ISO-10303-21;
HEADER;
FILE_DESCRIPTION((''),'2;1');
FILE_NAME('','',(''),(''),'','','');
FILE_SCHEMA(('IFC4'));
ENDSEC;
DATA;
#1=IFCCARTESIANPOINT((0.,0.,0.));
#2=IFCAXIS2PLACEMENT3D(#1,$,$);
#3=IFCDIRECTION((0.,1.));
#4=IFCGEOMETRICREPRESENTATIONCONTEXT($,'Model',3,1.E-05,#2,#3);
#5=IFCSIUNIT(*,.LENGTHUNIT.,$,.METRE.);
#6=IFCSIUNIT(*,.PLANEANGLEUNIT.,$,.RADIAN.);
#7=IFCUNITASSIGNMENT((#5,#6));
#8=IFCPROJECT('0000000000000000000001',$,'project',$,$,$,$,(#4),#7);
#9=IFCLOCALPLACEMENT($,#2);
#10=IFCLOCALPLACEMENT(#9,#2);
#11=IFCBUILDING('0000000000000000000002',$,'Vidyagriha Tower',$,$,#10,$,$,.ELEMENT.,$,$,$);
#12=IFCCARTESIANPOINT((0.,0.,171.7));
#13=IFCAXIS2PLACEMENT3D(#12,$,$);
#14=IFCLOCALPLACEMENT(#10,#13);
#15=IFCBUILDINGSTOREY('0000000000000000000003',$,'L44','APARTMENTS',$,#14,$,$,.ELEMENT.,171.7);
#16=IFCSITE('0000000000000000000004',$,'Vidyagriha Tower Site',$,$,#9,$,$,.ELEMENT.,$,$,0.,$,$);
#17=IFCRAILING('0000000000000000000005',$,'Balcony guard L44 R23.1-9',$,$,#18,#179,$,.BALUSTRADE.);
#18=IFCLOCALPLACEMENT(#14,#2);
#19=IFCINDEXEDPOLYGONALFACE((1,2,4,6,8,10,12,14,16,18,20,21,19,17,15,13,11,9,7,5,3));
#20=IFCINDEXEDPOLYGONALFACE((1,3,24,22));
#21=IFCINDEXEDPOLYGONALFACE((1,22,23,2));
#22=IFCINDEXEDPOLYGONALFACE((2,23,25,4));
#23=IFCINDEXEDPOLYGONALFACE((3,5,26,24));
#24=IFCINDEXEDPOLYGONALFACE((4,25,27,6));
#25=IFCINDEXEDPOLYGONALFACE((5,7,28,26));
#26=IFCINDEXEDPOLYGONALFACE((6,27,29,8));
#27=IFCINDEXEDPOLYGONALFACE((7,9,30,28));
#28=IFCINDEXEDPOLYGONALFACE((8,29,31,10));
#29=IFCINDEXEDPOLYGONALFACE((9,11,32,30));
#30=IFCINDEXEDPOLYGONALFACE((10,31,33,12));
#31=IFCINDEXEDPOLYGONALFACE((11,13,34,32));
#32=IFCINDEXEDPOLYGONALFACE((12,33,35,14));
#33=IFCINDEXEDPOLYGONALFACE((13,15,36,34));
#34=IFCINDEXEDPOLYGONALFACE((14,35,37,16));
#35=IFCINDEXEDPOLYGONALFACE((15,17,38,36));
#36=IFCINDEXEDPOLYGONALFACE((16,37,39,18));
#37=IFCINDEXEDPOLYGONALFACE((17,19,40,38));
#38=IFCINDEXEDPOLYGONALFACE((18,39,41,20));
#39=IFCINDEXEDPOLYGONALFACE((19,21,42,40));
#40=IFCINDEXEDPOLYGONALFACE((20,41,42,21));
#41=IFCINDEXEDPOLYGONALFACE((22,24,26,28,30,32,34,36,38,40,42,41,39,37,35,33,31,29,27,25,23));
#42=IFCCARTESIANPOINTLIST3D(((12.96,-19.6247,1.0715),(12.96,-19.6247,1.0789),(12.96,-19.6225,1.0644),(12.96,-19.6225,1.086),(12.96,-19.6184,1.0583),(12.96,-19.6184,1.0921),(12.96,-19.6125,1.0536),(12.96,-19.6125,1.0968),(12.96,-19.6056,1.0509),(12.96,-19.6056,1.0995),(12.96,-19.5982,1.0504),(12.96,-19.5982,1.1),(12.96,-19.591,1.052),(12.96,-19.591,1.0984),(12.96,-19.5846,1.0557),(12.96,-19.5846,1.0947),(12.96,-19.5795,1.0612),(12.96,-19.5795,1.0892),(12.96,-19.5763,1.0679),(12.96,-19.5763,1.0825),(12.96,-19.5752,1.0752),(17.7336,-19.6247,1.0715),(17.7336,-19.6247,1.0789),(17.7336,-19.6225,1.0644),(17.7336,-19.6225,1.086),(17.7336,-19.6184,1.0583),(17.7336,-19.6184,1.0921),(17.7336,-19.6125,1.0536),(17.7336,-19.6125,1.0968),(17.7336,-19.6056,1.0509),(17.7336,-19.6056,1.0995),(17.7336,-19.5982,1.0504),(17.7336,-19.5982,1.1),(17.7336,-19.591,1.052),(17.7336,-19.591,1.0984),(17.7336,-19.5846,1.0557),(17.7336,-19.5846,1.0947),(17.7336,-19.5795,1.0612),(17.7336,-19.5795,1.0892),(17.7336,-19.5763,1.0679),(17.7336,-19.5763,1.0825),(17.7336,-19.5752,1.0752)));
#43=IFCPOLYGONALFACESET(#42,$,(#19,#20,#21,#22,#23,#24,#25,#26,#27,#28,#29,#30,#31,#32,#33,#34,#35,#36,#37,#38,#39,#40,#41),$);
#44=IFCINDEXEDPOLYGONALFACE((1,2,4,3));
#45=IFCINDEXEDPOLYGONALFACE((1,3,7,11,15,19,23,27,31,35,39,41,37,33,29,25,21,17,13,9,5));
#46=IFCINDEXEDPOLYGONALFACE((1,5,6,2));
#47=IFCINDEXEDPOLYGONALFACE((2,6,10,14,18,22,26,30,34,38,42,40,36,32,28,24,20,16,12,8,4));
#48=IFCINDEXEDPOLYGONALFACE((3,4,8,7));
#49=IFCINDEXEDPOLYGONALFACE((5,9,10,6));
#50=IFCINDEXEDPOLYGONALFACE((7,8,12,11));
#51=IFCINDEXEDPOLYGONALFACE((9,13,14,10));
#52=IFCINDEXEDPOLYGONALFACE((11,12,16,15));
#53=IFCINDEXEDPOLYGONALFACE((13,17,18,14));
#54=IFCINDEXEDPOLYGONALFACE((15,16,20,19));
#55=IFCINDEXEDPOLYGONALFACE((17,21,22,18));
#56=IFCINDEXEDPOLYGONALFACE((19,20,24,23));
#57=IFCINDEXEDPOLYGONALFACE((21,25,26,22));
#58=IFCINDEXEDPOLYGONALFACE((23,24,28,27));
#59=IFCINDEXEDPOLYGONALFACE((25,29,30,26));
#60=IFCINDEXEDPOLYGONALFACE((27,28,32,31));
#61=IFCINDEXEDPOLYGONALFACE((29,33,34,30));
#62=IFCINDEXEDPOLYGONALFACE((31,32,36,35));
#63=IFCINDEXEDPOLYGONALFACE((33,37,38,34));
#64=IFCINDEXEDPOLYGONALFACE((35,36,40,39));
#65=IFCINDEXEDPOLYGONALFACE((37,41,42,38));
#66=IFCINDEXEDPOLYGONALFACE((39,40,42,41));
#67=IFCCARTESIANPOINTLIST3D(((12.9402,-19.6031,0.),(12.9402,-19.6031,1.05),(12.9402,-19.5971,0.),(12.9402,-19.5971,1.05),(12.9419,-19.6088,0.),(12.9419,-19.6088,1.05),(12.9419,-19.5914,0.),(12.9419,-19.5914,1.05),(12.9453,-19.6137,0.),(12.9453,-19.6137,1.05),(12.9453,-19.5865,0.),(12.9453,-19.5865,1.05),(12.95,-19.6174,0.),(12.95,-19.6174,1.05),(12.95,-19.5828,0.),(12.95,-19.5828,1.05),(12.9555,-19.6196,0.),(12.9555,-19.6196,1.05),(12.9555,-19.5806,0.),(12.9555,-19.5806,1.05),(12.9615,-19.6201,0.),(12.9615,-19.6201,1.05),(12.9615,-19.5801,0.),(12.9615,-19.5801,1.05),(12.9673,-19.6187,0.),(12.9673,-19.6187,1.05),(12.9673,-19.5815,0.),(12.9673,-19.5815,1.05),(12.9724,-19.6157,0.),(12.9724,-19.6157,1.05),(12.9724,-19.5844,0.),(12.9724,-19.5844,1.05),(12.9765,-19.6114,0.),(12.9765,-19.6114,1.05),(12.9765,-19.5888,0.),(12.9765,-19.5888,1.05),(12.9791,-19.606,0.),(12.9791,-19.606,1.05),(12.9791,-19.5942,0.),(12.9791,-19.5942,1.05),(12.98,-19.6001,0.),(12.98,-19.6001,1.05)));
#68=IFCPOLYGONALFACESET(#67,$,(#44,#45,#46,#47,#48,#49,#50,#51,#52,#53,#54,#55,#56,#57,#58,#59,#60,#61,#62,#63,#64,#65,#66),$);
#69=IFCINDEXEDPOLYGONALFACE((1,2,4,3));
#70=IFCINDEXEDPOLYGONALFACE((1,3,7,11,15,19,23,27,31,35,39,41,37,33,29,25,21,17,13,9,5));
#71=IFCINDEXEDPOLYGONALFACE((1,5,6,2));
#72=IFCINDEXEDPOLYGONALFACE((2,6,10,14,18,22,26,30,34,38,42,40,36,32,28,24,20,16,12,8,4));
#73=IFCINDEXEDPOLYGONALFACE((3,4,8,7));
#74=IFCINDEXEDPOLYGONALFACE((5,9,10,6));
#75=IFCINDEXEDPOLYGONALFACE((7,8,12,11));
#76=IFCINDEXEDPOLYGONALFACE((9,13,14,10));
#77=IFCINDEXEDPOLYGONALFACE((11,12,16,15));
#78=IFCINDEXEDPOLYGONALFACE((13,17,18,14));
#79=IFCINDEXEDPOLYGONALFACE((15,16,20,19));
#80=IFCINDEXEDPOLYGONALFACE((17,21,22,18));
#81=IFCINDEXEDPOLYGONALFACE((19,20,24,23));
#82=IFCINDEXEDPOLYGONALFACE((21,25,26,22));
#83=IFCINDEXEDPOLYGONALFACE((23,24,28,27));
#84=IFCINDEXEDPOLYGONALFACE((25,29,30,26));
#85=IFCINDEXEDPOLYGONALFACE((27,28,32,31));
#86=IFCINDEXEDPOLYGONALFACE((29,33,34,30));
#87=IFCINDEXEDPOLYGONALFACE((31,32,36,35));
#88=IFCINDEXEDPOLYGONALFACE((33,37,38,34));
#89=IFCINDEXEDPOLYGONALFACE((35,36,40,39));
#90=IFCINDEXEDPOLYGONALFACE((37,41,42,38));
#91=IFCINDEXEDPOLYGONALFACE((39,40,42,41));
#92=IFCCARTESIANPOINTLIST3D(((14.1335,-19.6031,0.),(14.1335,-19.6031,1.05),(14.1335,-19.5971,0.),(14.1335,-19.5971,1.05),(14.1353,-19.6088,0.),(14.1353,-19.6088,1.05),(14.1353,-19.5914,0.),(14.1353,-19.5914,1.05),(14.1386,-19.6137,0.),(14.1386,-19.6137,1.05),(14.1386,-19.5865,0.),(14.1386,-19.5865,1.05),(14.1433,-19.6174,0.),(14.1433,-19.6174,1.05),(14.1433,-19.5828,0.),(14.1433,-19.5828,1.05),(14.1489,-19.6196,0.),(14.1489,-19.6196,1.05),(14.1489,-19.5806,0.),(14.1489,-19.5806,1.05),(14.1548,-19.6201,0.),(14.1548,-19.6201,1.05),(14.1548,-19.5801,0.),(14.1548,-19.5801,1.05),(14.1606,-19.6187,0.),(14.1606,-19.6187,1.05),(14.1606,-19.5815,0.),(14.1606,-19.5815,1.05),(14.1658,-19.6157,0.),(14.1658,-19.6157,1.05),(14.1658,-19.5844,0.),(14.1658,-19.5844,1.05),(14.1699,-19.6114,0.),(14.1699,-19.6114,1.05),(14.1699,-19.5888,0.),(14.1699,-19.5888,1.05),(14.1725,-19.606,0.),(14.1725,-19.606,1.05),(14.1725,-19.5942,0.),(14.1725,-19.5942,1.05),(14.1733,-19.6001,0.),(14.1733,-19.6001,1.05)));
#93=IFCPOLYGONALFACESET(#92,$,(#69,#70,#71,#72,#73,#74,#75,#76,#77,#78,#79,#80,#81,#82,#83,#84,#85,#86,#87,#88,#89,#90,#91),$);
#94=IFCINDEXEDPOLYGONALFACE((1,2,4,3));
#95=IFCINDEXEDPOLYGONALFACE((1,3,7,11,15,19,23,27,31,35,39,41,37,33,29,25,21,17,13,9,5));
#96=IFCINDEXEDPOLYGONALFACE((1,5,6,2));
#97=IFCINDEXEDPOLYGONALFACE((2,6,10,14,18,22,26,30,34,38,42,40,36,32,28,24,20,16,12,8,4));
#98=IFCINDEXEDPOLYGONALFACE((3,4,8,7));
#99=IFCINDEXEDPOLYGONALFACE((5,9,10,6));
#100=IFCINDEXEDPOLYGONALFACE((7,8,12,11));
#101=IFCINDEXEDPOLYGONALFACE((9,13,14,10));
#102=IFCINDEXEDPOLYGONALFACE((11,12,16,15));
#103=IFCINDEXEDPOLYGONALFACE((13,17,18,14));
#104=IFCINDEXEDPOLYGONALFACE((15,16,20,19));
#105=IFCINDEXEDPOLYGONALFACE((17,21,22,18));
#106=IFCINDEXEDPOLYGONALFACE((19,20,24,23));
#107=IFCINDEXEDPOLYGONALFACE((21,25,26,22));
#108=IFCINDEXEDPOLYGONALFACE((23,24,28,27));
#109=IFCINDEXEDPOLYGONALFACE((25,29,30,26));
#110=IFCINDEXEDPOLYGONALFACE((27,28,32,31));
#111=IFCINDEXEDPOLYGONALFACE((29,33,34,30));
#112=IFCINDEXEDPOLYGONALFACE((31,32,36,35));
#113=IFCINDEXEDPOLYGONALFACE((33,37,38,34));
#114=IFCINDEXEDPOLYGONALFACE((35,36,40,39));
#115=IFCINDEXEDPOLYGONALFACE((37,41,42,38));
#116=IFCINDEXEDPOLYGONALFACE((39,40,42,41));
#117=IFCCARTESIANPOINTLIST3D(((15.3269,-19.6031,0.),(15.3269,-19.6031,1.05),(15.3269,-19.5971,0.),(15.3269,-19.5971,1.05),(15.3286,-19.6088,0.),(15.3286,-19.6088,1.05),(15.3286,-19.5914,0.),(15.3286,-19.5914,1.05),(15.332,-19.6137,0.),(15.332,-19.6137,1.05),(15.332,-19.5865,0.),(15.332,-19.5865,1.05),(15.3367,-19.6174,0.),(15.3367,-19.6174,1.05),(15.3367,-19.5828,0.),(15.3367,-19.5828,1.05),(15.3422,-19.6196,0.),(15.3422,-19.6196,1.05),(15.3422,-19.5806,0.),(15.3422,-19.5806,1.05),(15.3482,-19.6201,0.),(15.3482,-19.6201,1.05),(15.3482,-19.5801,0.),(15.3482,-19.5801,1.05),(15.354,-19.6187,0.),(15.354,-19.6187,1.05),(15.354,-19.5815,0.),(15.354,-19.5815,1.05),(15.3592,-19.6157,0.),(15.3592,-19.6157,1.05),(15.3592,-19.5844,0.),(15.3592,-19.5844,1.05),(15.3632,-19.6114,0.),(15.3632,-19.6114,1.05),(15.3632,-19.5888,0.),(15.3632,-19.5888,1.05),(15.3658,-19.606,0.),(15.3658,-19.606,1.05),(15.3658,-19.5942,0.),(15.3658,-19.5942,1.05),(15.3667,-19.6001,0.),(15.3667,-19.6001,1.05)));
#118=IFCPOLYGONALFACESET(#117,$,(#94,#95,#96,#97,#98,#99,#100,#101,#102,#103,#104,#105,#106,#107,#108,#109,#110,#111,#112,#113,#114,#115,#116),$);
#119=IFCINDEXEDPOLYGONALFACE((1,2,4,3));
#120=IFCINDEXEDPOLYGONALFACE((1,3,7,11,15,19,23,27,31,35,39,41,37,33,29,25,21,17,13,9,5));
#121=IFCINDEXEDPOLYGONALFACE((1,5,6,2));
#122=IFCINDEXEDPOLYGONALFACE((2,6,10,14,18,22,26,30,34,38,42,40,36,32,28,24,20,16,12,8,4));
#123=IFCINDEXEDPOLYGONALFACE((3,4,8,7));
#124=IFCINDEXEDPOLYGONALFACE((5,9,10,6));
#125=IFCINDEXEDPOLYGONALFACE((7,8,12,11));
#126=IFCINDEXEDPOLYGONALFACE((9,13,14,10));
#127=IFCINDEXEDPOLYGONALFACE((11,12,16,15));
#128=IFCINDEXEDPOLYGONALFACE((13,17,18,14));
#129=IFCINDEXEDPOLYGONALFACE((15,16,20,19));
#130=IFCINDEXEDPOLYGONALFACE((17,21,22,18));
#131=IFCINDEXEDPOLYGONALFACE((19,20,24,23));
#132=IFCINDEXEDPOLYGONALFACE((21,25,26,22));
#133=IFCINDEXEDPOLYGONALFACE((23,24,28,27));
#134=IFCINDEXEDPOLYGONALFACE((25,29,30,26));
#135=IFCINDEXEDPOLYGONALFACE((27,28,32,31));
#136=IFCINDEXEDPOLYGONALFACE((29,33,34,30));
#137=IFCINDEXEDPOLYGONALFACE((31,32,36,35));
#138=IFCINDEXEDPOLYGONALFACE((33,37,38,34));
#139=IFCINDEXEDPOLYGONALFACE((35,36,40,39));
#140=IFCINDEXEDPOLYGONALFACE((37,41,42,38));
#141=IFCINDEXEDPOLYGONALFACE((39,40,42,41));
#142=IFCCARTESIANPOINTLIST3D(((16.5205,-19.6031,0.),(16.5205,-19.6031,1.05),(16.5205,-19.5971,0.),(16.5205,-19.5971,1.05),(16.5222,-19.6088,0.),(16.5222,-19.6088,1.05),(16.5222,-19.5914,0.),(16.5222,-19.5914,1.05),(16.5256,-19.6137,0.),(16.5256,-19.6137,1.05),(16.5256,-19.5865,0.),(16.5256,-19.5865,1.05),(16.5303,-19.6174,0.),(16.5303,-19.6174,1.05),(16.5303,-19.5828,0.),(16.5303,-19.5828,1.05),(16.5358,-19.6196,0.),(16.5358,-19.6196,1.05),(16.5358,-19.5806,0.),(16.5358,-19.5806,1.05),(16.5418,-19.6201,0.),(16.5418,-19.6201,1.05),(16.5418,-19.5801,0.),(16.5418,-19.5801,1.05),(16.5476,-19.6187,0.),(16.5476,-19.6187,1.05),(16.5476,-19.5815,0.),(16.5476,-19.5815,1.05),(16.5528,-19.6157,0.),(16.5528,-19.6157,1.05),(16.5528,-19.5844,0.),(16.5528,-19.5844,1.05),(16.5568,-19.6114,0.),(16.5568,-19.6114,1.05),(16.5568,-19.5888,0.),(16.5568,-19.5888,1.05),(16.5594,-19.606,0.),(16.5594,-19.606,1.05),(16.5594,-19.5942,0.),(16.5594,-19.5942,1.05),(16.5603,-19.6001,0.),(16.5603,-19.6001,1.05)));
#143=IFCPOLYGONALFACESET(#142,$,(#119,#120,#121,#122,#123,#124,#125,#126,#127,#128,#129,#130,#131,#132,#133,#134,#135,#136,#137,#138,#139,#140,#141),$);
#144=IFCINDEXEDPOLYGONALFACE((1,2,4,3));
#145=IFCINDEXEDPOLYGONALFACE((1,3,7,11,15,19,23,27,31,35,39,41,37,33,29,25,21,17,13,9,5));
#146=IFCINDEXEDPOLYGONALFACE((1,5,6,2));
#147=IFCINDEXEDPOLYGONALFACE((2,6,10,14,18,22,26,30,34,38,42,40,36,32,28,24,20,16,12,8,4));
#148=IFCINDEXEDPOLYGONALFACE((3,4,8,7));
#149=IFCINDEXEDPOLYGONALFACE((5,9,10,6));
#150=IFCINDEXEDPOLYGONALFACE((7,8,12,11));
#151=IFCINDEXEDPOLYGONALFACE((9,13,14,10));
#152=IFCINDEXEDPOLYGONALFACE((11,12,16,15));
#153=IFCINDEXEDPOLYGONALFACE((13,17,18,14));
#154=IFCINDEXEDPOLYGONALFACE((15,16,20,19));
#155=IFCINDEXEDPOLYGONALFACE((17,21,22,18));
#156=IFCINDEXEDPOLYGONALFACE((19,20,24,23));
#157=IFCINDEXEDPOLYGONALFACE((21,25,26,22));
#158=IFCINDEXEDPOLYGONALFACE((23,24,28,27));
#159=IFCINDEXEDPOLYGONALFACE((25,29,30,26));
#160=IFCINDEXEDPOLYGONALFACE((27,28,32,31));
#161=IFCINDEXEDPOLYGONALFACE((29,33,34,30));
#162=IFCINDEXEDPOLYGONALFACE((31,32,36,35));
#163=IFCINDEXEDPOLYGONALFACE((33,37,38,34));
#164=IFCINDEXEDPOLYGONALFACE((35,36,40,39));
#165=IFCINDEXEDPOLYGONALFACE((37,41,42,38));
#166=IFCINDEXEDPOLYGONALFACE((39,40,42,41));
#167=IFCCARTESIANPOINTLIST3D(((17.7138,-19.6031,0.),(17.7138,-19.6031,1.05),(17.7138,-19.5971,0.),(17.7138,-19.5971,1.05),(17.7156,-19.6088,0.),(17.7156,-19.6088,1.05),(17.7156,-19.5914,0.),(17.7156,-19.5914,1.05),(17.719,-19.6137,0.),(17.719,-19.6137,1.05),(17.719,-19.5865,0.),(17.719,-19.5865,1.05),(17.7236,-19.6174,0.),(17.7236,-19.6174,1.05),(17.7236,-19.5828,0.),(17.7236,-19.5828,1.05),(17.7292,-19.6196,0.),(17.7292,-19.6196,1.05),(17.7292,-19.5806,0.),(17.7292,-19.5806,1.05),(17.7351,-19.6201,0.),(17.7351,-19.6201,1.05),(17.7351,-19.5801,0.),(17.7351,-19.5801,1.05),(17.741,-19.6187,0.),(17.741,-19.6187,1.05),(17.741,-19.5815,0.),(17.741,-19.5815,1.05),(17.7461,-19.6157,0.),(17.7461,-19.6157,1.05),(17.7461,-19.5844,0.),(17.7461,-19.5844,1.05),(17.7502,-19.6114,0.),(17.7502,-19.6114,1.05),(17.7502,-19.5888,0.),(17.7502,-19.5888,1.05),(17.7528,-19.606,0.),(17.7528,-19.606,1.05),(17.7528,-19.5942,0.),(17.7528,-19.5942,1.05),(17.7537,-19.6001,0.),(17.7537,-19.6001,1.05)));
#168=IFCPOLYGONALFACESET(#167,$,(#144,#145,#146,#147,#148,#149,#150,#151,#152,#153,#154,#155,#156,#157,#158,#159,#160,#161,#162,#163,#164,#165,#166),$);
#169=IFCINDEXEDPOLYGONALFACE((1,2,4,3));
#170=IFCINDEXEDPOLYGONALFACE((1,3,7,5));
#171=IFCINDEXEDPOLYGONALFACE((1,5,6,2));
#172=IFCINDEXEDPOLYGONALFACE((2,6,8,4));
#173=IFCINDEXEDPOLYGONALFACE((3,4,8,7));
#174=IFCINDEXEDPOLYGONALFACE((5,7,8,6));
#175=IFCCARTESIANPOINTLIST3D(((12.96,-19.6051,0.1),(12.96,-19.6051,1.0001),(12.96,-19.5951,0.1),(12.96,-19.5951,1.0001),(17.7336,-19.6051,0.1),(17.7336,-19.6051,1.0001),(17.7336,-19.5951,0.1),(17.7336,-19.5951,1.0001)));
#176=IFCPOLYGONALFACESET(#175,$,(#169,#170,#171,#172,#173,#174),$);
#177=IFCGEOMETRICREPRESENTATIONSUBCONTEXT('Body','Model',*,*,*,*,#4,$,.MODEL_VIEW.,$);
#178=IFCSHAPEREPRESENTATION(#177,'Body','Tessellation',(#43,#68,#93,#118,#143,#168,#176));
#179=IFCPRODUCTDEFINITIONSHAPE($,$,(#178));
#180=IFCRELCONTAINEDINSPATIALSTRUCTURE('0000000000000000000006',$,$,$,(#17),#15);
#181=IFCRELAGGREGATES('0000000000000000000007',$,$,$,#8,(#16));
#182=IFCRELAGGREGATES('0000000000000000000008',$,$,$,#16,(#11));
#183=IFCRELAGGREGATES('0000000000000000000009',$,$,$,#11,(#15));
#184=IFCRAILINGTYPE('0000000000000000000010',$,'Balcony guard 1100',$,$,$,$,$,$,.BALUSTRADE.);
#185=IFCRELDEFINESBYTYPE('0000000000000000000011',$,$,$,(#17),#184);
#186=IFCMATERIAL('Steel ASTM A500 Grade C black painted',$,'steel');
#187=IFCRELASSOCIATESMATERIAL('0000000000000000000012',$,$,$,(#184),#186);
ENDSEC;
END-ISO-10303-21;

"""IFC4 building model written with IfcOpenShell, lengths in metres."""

from ifc_helpers import new_model, si_unit, direction, frame, origin, origin_2d, place, context, subcontext, project, spatial, rectangle, circle, extrude, material, type_object, element, save


model = new_model("IFC4")

# Units and contexts
model_context = context("Model", 3, precision=1e-05, world=origin(), true_north=direction((0.0, 1.0)))
body_context = subcontext(model_context, "Body", "Model", "MODEL_VIEW")
ifc_project = project(units=[si_unit("LENGTHUNIT", "METRE"), si_unit("PLANEANGLEUNIT", "RADIAN")], contexts=[model_context])

# Site, building, storey
site_placement = place(None, origin())
site = spatial("IfcSite", under=ifc_project, at=site_placement, Name="Vidyagriha Tower Site", CompositionType="ELEMENT", RefElevation=0.0)
building_placement = place(site_placement, origin())
building = spatial("IfcBuilding", under=site, at=building_placement, Name="Vidyagriha Tower", CompositionType="ELEMENT")
storey_placement = place(building_placement, frame((0.0, 0.0, 171.7)))
storey = spatial("IfcBuildingStorey", under=building, at=storey_placement, Name="L44", Description="APARTMENTS", CompositionType="ELEMENT", Elevation=171.7)

# Railing
ifc_material_1 = material(Name="Steel ASTM A500 Grade C black painted", Category="steel")
railing_type = type_object("IfcRailingType", Name="Balcony guard 1100", PredefinedType="BALUSTRADE", material=ifc_material_1)
railing_1_placement = place(storey_placement, frame((12.96, -19.6001, 0.0)))
element("IfcRailing", 1, at=railing_1_placement, inside=storey, type_object=railing_type, Name="Balcony guard L44 R23.1-9", PredefinedType="BALUSTRADE", context=body_context, shape_type="SweptSolid", body=[
    extrude(circle(Radius=0.0249, at=origin_2d()), frame((0.0, 0.0, 1.0752), z_axis=(1.0, 0.0, 0.0), x_axis=(0.0, 1.0, 0.0)), (0.0, 0.0, 1.0), 4.7737),
    extrude(circle(Radius=0.02, at=origin_2d()), origin(), (0.0, 0.0, 1.0), 1.05),
    extrude(circle(Radius=0.02, at=origin_2d()), frame((1.1934, 0.0, 0.0)), (0.0, 0.0, 1.0), 1.05),
    extrude(circle(Radius=0.02, at=origin_2d()), frame((2.3867, 0.0, 0.0)), (0.0, 0.0, 1.0), 1.05),
    extrude(circle(Radius=0.02, at=origin_2d()), frame((3.5803, 0.0, 0.0)), (0.0, 0.0, 1.0), 1.05),
    extrude(circle(Radius=0.02, at=origin_2d()), frame((4.7737, 0.0, 0.0)), (0.0, 0.0, 1.0), 1.05),
    extrude(rectangle(XDim=0.01, YDim=0.9001, at=origin_2d()), frame((0.0, 0.0, 0.55), z_axis=(1.0, 0.0, 0.0), x_axis=(0.0, 1.0, 0.0)), (0.0, 0.0, 1.0), 4.7737),
])

save(model, "model.ifc")
